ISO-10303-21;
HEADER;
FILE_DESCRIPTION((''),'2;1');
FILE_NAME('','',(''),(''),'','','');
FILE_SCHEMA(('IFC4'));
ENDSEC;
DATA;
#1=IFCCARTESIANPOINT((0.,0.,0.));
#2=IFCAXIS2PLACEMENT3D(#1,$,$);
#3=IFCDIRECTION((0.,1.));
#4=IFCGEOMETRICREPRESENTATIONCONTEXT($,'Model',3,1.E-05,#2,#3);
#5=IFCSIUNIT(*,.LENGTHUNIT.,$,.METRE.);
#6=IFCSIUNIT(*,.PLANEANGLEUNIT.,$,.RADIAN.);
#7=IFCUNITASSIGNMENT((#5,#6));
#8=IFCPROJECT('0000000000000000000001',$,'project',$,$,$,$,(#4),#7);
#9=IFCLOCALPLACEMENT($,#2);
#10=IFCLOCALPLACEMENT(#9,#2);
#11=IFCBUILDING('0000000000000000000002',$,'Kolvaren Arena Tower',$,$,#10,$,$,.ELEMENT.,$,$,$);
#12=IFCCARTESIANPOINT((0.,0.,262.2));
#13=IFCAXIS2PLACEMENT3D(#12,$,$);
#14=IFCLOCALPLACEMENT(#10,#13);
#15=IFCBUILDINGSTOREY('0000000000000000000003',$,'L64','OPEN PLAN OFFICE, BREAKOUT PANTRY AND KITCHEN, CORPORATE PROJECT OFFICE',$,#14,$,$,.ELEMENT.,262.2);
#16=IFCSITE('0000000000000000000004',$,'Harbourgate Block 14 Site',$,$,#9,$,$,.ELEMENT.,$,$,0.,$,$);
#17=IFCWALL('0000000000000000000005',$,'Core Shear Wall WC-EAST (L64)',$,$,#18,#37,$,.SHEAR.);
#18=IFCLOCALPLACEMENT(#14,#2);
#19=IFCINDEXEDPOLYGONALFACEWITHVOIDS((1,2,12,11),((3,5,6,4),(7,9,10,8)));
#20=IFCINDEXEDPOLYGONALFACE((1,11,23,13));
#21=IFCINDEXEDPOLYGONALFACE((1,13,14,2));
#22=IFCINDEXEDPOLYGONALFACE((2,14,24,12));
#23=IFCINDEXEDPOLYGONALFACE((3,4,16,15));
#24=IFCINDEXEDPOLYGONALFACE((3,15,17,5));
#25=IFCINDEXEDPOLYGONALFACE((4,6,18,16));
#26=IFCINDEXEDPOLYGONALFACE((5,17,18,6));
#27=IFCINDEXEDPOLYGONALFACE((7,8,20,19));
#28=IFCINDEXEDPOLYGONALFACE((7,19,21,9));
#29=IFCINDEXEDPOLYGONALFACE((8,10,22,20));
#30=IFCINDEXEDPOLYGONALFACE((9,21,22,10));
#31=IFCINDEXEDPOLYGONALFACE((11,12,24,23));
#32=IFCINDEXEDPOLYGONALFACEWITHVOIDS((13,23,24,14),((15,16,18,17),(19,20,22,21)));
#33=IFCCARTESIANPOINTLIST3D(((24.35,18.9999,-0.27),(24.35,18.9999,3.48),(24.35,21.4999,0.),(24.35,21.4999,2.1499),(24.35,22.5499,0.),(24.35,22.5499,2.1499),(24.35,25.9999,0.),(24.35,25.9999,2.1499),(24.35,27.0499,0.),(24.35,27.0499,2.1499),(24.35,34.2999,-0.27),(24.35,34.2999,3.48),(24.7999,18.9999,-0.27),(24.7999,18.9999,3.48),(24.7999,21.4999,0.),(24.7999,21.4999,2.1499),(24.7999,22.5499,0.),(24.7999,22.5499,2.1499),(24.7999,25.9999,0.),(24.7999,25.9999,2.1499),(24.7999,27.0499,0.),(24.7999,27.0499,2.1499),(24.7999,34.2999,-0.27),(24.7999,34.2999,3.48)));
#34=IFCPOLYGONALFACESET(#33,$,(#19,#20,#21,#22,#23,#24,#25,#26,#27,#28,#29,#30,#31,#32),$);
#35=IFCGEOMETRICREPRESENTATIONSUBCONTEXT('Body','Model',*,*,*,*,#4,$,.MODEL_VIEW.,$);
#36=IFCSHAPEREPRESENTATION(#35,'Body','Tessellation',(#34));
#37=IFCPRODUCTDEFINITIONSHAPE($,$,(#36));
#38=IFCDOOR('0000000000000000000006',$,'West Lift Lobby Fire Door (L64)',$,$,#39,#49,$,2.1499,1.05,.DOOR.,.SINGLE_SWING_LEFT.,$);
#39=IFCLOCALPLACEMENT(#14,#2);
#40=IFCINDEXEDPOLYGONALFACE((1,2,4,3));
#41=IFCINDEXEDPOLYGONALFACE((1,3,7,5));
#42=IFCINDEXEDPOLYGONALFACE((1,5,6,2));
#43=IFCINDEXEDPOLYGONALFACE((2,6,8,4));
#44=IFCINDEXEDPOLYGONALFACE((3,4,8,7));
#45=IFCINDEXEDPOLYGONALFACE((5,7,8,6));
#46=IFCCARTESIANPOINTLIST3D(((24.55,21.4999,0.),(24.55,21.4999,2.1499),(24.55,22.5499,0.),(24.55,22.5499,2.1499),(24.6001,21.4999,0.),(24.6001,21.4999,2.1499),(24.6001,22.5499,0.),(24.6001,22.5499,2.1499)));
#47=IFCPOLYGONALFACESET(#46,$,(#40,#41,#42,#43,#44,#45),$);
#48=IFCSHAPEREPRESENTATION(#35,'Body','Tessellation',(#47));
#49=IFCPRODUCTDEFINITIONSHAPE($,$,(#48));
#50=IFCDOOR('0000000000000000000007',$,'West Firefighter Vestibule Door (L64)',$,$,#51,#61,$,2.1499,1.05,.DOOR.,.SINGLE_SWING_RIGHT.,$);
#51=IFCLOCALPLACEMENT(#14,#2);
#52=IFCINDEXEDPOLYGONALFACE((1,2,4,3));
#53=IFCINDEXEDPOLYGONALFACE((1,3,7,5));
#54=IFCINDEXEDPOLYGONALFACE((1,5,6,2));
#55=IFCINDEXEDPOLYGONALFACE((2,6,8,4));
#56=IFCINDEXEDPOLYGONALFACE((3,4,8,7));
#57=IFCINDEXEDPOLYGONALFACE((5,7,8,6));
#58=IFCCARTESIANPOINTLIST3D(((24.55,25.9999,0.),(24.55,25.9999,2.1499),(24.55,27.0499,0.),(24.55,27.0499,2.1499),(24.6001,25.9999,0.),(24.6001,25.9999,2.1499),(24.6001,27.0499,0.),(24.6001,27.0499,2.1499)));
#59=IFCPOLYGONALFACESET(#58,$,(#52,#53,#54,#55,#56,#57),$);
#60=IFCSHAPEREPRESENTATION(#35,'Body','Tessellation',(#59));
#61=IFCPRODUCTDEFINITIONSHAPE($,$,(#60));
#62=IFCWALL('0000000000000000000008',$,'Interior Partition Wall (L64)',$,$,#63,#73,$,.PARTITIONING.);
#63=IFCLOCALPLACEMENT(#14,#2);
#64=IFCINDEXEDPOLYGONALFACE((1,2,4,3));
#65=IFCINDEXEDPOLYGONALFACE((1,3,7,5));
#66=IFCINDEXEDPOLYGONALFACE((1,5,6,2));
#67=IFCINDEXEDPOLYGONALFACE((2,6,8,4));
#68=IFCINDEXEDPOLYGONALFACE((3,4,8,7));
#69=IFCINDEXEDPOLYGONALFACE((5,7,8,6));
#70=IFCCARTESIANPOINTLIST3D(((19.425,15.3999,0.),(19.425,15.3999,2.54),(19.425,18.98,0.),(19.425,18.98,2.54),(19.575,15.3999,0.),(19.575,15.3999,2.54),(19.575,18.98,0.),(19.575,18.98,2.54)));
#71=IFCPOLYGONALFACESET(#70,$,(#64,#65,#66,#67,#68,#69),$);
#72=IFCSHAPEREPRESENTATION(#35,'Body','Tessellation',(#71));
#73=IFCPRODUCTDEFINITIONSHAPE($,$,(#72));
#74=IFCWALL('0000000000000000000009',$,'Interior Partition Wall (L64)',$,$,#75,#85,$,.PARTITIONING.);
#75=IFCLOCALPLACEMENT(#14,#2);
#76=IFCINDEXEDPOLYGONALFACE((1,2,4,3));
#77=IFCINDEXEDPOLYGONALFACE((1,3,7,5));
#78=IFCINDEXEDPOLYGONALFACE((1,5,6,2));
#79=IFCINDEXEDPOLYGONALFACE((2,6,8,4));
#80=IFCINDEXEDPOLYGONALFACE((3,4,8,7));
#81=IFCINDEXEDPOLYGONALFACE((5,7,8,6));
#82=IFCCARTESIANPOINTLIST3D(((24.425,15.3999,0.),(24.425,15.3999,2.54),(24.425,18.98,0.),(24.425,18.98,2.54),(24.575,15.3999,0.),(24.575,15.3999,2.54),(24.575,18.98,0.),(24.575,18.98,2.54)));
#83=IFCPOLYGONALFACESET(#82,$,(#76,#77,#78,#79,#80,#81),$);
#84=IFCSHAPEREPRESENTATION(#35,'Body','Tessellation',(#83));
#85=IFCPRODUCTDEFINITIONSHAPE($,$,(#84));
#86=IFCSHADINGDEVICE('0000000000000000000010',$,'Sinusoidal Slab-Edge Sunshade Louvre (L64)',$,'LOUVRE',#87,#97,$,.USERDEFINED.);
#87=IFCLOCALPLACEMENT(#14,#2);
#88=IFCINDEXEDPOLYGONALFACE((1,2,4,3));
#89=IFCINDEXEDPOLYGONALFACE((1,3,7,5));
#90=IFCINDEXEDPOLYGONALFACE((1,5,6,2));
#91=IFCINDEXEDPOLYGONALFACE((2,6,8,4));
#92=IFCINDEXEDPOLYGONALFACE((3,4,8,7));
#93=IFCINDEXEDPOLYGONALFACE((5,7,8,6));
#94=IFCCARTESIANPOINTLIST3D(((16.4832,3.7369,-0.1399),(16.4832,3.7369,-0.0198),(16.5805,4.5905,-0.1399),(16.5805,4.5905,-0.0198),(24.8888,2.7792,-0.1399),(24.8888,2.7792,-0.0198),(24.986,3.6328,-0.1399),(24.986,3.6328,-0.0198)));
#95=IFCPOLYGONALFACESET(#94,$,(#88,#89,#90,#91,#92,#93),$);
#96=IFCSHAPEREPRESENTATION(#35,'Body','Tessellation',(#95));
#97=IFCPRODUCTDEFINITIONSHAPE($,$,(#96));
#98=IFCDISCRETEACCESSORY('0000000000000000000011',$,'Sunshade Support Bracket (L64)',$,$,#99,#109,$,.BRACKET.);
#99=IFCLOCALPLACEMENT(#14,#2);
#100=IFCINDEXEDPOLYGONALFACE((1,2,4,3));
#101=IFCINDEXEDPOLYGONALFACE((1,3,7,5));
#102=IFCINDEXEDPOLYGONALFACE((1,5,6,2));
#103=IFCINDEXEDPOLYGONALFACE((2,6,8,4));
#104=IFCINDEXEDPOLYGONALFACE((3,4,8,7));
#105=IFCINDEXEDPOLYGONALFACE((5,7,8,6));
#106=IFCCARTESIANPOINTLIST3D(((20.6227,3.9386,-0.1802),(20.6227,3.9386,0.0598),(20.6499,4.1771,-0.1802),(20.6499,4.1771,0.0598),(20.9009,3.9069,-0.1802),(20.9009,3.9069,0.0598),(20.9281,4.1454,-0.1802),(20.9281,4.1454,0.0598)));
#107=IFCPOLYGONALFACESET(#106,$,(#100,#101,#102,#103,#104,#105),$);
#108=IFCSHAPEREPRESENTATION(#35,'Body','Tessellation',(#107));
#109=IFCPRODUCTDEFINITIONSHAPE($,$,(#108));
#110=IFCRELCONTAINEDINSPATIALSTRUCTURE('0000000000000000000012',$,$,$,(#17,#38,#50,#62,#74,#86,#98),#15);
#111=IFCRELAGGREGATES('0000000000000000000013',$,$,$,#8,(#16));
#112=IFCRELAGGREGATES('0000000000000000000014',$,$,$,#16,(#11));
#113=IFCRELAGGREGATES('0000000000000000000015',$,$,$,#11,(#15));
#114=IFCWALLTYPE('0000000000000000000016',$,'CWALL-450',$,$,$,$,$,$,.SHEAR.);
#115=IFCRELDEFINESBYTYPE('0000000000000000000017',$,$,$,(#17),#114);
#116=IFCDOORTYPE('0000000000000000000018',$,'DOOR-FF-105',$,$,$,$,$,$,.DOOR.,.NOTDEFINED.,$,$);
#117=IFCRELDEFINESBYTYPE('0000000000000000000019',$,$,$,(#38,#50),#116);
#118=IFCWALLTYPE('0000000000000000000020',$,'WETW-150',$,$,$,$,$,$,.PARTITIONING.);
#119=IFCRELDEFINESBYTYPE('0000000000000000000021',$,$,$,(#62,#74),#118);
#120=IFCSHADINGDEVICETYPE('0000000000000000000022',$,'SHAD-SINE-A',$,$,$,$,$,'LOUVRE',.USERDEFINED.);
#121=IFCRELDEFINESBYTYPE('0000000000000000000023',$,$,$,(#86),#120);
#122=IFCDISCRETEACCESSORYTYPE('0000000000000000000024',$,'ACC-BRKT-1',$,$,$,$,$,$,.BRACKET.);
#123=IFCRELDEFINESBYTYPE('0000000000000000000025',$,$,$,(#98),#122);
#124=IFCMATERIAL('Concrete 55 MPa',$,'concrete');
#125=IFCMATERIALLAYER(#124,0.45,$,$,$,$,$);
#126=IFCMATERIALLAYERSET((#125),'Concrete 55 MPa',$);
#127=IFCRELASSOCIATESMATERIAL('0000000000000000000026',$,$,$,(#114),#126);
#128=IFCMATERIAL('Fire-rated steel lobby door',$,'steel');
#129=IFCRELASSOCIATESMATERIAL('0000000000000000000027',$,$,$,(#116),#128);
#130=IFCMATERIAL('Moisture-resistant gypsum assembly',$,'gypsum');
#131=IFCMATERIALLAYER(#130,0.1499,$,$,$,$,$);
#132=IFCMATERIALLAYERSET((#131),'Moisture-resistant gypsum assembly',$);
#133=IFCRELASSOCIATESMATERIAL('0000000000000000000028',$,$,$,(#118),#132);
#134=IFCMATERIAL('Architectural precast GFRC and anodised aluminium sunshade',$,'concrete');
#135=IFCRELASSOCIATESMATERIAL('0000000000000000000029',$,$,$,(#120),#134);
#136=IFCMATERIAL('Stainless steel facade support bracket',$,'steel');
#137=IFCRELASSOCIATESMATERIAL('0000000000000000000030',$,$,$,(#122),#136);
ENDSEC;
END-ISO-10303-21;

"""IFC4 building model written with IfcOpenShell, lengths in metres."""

from ifc_helpers import new_model, si_unit, direction, frame, frame_2d, origin, origin_2d, place, context, subcontext, project, spatial, rectangle, extrude, material, layer, layer_set, type_object, element, fill, save


model = new_model("IFC4")

# Units and contexts
model_context = context("Model", 3, precision=1e-05, world=origin(), true_north=direction((0.0, 1.0)))
body_context = subcontext(model_context, "Body", "Model", "MODEL_VIEW")
ifc_project = project(units=[si_unit("LENGTHUNIT", "METRE"), si_unit("PLANEANGLEUNIT", "RADIAN")], contexts=[model_context])

# Site, building, storey
site_placement = place(None, origin())
site = spatial("IfcSite", under=ifc_project, at=site_placement, Name="Harbourgate Block 14 Site", CompositionType="ELEMENT", RefElevation=0.0)
building_placement = place(site_placement, origin())
building = spatial("IfcBuilding", under=site, at=building_placement, Name="Kolvaren Arena Tower", CompositionType="ELEMENT")
storey_placement = place(building_placement, frame((0.0, 0.0, 262.2)))
storey = spatial("IfcBuildingStorey", under=building, at=storey_placement, Name="L64", Description="OPEN PLAN OFFICE, BREAKOUT PANTRY AND KITCHEN, CORPORATE PROJECT OFFICE", CompositionType="ELEMENT", Elevation=262.2)

# Wall, openings, doors
ifc_material_1 = material(Name="Concrete 55 MPa", Category="concrete")
ifc_layer_1 = layer(ifc_material_1, 0.45)
ifc_layer_set_1 = layer_set([ifc_layer_1], Name="Concrete 55 MPa")
wall_type_1 = type_object("IfcWallType", Name="CWALL-450", PredefinedType="SHEAR", material=ifc_layer_set_1)
wall_1_placement = place(storey_placement, frame((24.575, 19.0, -0.27), z_axis=(0.0, 0.0, 1.0), x_axis=(0.0, 1.0, 0.0)))
wall_1 = element("IfcWall", 1, at=wall_1_placement, inside=storey, type_object=wall_type_1, Name="Core Shear Wall WC-EAST (L64)", PredefinedType="SHEAR", context=body_context, shape_type="SweptSolid", body=[
    extrude(rectangle(XDim=15.3, YDim=0.45, at=frame_2d((7.6499, 0.0))), origin(), (0.0, 0.0, 1.0), 3.75),
])
opening_1_placement = place(wall_1_placement, frame((2.5, 0.0, 0.27)))
opening_1 = element("IfcOpeningElement", 2, at=opening_1_placement, cuts=wall_1, PredefinedType="OPENING", context=body_context, shape_type="SweptSolid", body=[
    extrude(rectangle(XDim=1.05, YDim=2.1499, at=frame_2d((0.5249, 1.075))), frame((0.0, 0.2349, 0.0), z_axis=(0.0, -1.0, 0.0), x_axis=(1.0, 0.0, 0.0)), (0.0, 0.0, 1.0), 0.47),
])
opening_2_placement = place(wall_1_placement, frame((7.0, 0.0, 0.27)))
opening_2 = element("IfcOpeningElement", 3, at=opening_2_placement, cuts=wall_1, PredefinedType="OPENING", context=body_context, shape_type="SweptSolid", body=[
    extrude(rectangle(XDim=1.05, YDim=2.1499, at=frame_2d((0.5249, 1.075))), frame((0.0, 0.2349, 0.0), z_axis=(0.0, -1.0, 0.0), x_axis=(1.0, 0.0, 0.0)), (0.0, 0.0, 1.0), 0.47),
])
ifc_material_2 = material(Name="Fire-rated steel lobby door", Category="steel")
door_type_1 = type_object("IfcDoorType", Name="DOOR-FF-105", OperationType="NOTDEFINED", PredefinedType="DOOR", material=ifc_material_2)
door_1_placement = place(opening_1_placement, origin())
door_1 = element("IfcDoor", 4, at=door_1_placement, inside=storey, type_object=door_type_1, Name="West Lift Lobby Fire Door (L64)", OperationType="SINGLE_SWING_LEFT", OverallHeight=2.1499, OverallWidth=1.05, PredefinedType="DOOR", context=body_context, shape_type="SweptSolid", body=[
    extrude(rectangle(XDim=1.05, YDim=2.1499, at=frame_2d((0.5249, 1.075))), frame((0.0, 0.0249, 0.0), z_axis=(0.0, -1.0, 0.0), x_axis=(1.0, 0.0, 0.0)), (0.0, 0.0, 1.0), 0.05),
])
fill(opening_1, door_1)
door_2_placement = place(opening_2_placement, origin())
door_2 = element("IfcDoor", 5, at=door_2_placement, inside=storey, type_object=door_type_1, Name="West Firefighter Vestibule Door (L64)", OperationType="SINGLE_SWING_RIGHT", OverallHeight=2.1499, OverallWidth=1.05, PredefinedType="DOOR", context=body_context, shape_type="SweptSolid", body=[
    extrude(rectangle(XDim=1.05, YDim=2.1499, at=frame_2d((0.5249, 1.075))), frame((0.0, 0.0249, 0.0), z_axis=(0.0, -1.0, 0.0), x_axis=(1.0, 0.0, 0.0)), (0.0, 0.0, 1.0), 0.05),
])
fill(opening_2, door_2)

# Walls
ifc_material_3 = material(Name="Moisture-resistant gypsum assembly", Category="gypsum")
ifc_layer_2 = layer(ifc_material_3, 0.1499)
ifc_layer_set_2 = layer_set([ifc_layer_2], Name="Moisture-resistant gypsum assembly")
wall_type_2 = type_object("IfcWallType", Name="WETW-150", PredefinedType="PARTITIONING", material=ifc_layer_set_2)
for number, where, z_axis, x_axis, name in (
    (6, (19.5, 15.3999, 0.0), (0.0, 0.0, 1.0), (0.0, 1.0, 0.0), "Interior Partition Wall (L64)"),
    (7, (24.5, 15.3999, 0.0), (0.0, 0.0, 1.0), (0.0, 1.0, 0.0), "Interior Partition Wall (L64)"),
):
    element("IfcWall", number, at=place(storey_placement, frame(where, z_axis=z_axis, x_axis=x_axis)), inside=storey, type_object=wall_type_2, Name=name, PredefinedType="PARTITIONING", context=body_context, shape_type="SweptSolid", body=[
        extrude(rectangle(XDim=3.5801, YDim=0.1499, at=frame_2d((1.79, 0.0))), origin(), (0.0, 0.0, 1.0), 2.54),
    ])

# Shading device
ifc_material_4 = material(Name="Architectural precast GFRC and anodised aluminium sunshade", Category="concrete")
shading_device_type = type_object("IfcShadingDeviceType", Name="SHAD-SINE-A", ElementType="LOUVRE", PredefinedType="USERDEFINED", material=ifc_material_4)
shading_device_placement = place(storey_placement, frame((20.7346, 3.6848, -0.1399), z_axis=(0.0, 0.0, 1.0), x_axis=(-0.993572, 0.113205, 0.0)))
element("IfcShadingDevice", 8, at=shading_device_placement, inside=storey, type_object=shading_device_type, Name="Sinusoidal Slab-Edge Sunshade Louvre (L64)", ObjectType="LOUVRE", PredefinedType="USERDEFINED", context=body_context, shape_type="SweptSolid", body=[
    extrude(rectangle(XDim=8.46, YDim=0.8591, at=origin_2d()), origin(), (0.0, 0.0, 1.0), 0.1201),
])

# Discrete accessory
ifc_material_5 = material(Name="Stainless steel facade support bracket", Category="steel")
discrete_accessory_type = type_object("IfcDiscreteAccessoryType", Name="ACC-BRKT-1", PredefinedType="BRACKET", material=ifc_material_5)
discrete_accessory_placement = place(storey_placement, frame((20.7754, 4.042, -0.1802), z_axis=(0.0, 0.0, 1.0), x_axis=(-0.993572, 0.113205, 0.0)))
element("IfcDiscreteAccessory", 9, at=discrete_accessory_placement, inside=storey, type_object=discrete_accessory_type, Name="Sunshade Support Bracket (L64)", PredefinedType="BRACKET", context=body_context, shape_type="SweptSolid", body=[
    extrude(rectangle(XDim=0.28, YDim=0.24, at=origin_2d()), origin(), (0.0, 0.0, 1.0), 0.24),
])

save(model, "model.ifc")
